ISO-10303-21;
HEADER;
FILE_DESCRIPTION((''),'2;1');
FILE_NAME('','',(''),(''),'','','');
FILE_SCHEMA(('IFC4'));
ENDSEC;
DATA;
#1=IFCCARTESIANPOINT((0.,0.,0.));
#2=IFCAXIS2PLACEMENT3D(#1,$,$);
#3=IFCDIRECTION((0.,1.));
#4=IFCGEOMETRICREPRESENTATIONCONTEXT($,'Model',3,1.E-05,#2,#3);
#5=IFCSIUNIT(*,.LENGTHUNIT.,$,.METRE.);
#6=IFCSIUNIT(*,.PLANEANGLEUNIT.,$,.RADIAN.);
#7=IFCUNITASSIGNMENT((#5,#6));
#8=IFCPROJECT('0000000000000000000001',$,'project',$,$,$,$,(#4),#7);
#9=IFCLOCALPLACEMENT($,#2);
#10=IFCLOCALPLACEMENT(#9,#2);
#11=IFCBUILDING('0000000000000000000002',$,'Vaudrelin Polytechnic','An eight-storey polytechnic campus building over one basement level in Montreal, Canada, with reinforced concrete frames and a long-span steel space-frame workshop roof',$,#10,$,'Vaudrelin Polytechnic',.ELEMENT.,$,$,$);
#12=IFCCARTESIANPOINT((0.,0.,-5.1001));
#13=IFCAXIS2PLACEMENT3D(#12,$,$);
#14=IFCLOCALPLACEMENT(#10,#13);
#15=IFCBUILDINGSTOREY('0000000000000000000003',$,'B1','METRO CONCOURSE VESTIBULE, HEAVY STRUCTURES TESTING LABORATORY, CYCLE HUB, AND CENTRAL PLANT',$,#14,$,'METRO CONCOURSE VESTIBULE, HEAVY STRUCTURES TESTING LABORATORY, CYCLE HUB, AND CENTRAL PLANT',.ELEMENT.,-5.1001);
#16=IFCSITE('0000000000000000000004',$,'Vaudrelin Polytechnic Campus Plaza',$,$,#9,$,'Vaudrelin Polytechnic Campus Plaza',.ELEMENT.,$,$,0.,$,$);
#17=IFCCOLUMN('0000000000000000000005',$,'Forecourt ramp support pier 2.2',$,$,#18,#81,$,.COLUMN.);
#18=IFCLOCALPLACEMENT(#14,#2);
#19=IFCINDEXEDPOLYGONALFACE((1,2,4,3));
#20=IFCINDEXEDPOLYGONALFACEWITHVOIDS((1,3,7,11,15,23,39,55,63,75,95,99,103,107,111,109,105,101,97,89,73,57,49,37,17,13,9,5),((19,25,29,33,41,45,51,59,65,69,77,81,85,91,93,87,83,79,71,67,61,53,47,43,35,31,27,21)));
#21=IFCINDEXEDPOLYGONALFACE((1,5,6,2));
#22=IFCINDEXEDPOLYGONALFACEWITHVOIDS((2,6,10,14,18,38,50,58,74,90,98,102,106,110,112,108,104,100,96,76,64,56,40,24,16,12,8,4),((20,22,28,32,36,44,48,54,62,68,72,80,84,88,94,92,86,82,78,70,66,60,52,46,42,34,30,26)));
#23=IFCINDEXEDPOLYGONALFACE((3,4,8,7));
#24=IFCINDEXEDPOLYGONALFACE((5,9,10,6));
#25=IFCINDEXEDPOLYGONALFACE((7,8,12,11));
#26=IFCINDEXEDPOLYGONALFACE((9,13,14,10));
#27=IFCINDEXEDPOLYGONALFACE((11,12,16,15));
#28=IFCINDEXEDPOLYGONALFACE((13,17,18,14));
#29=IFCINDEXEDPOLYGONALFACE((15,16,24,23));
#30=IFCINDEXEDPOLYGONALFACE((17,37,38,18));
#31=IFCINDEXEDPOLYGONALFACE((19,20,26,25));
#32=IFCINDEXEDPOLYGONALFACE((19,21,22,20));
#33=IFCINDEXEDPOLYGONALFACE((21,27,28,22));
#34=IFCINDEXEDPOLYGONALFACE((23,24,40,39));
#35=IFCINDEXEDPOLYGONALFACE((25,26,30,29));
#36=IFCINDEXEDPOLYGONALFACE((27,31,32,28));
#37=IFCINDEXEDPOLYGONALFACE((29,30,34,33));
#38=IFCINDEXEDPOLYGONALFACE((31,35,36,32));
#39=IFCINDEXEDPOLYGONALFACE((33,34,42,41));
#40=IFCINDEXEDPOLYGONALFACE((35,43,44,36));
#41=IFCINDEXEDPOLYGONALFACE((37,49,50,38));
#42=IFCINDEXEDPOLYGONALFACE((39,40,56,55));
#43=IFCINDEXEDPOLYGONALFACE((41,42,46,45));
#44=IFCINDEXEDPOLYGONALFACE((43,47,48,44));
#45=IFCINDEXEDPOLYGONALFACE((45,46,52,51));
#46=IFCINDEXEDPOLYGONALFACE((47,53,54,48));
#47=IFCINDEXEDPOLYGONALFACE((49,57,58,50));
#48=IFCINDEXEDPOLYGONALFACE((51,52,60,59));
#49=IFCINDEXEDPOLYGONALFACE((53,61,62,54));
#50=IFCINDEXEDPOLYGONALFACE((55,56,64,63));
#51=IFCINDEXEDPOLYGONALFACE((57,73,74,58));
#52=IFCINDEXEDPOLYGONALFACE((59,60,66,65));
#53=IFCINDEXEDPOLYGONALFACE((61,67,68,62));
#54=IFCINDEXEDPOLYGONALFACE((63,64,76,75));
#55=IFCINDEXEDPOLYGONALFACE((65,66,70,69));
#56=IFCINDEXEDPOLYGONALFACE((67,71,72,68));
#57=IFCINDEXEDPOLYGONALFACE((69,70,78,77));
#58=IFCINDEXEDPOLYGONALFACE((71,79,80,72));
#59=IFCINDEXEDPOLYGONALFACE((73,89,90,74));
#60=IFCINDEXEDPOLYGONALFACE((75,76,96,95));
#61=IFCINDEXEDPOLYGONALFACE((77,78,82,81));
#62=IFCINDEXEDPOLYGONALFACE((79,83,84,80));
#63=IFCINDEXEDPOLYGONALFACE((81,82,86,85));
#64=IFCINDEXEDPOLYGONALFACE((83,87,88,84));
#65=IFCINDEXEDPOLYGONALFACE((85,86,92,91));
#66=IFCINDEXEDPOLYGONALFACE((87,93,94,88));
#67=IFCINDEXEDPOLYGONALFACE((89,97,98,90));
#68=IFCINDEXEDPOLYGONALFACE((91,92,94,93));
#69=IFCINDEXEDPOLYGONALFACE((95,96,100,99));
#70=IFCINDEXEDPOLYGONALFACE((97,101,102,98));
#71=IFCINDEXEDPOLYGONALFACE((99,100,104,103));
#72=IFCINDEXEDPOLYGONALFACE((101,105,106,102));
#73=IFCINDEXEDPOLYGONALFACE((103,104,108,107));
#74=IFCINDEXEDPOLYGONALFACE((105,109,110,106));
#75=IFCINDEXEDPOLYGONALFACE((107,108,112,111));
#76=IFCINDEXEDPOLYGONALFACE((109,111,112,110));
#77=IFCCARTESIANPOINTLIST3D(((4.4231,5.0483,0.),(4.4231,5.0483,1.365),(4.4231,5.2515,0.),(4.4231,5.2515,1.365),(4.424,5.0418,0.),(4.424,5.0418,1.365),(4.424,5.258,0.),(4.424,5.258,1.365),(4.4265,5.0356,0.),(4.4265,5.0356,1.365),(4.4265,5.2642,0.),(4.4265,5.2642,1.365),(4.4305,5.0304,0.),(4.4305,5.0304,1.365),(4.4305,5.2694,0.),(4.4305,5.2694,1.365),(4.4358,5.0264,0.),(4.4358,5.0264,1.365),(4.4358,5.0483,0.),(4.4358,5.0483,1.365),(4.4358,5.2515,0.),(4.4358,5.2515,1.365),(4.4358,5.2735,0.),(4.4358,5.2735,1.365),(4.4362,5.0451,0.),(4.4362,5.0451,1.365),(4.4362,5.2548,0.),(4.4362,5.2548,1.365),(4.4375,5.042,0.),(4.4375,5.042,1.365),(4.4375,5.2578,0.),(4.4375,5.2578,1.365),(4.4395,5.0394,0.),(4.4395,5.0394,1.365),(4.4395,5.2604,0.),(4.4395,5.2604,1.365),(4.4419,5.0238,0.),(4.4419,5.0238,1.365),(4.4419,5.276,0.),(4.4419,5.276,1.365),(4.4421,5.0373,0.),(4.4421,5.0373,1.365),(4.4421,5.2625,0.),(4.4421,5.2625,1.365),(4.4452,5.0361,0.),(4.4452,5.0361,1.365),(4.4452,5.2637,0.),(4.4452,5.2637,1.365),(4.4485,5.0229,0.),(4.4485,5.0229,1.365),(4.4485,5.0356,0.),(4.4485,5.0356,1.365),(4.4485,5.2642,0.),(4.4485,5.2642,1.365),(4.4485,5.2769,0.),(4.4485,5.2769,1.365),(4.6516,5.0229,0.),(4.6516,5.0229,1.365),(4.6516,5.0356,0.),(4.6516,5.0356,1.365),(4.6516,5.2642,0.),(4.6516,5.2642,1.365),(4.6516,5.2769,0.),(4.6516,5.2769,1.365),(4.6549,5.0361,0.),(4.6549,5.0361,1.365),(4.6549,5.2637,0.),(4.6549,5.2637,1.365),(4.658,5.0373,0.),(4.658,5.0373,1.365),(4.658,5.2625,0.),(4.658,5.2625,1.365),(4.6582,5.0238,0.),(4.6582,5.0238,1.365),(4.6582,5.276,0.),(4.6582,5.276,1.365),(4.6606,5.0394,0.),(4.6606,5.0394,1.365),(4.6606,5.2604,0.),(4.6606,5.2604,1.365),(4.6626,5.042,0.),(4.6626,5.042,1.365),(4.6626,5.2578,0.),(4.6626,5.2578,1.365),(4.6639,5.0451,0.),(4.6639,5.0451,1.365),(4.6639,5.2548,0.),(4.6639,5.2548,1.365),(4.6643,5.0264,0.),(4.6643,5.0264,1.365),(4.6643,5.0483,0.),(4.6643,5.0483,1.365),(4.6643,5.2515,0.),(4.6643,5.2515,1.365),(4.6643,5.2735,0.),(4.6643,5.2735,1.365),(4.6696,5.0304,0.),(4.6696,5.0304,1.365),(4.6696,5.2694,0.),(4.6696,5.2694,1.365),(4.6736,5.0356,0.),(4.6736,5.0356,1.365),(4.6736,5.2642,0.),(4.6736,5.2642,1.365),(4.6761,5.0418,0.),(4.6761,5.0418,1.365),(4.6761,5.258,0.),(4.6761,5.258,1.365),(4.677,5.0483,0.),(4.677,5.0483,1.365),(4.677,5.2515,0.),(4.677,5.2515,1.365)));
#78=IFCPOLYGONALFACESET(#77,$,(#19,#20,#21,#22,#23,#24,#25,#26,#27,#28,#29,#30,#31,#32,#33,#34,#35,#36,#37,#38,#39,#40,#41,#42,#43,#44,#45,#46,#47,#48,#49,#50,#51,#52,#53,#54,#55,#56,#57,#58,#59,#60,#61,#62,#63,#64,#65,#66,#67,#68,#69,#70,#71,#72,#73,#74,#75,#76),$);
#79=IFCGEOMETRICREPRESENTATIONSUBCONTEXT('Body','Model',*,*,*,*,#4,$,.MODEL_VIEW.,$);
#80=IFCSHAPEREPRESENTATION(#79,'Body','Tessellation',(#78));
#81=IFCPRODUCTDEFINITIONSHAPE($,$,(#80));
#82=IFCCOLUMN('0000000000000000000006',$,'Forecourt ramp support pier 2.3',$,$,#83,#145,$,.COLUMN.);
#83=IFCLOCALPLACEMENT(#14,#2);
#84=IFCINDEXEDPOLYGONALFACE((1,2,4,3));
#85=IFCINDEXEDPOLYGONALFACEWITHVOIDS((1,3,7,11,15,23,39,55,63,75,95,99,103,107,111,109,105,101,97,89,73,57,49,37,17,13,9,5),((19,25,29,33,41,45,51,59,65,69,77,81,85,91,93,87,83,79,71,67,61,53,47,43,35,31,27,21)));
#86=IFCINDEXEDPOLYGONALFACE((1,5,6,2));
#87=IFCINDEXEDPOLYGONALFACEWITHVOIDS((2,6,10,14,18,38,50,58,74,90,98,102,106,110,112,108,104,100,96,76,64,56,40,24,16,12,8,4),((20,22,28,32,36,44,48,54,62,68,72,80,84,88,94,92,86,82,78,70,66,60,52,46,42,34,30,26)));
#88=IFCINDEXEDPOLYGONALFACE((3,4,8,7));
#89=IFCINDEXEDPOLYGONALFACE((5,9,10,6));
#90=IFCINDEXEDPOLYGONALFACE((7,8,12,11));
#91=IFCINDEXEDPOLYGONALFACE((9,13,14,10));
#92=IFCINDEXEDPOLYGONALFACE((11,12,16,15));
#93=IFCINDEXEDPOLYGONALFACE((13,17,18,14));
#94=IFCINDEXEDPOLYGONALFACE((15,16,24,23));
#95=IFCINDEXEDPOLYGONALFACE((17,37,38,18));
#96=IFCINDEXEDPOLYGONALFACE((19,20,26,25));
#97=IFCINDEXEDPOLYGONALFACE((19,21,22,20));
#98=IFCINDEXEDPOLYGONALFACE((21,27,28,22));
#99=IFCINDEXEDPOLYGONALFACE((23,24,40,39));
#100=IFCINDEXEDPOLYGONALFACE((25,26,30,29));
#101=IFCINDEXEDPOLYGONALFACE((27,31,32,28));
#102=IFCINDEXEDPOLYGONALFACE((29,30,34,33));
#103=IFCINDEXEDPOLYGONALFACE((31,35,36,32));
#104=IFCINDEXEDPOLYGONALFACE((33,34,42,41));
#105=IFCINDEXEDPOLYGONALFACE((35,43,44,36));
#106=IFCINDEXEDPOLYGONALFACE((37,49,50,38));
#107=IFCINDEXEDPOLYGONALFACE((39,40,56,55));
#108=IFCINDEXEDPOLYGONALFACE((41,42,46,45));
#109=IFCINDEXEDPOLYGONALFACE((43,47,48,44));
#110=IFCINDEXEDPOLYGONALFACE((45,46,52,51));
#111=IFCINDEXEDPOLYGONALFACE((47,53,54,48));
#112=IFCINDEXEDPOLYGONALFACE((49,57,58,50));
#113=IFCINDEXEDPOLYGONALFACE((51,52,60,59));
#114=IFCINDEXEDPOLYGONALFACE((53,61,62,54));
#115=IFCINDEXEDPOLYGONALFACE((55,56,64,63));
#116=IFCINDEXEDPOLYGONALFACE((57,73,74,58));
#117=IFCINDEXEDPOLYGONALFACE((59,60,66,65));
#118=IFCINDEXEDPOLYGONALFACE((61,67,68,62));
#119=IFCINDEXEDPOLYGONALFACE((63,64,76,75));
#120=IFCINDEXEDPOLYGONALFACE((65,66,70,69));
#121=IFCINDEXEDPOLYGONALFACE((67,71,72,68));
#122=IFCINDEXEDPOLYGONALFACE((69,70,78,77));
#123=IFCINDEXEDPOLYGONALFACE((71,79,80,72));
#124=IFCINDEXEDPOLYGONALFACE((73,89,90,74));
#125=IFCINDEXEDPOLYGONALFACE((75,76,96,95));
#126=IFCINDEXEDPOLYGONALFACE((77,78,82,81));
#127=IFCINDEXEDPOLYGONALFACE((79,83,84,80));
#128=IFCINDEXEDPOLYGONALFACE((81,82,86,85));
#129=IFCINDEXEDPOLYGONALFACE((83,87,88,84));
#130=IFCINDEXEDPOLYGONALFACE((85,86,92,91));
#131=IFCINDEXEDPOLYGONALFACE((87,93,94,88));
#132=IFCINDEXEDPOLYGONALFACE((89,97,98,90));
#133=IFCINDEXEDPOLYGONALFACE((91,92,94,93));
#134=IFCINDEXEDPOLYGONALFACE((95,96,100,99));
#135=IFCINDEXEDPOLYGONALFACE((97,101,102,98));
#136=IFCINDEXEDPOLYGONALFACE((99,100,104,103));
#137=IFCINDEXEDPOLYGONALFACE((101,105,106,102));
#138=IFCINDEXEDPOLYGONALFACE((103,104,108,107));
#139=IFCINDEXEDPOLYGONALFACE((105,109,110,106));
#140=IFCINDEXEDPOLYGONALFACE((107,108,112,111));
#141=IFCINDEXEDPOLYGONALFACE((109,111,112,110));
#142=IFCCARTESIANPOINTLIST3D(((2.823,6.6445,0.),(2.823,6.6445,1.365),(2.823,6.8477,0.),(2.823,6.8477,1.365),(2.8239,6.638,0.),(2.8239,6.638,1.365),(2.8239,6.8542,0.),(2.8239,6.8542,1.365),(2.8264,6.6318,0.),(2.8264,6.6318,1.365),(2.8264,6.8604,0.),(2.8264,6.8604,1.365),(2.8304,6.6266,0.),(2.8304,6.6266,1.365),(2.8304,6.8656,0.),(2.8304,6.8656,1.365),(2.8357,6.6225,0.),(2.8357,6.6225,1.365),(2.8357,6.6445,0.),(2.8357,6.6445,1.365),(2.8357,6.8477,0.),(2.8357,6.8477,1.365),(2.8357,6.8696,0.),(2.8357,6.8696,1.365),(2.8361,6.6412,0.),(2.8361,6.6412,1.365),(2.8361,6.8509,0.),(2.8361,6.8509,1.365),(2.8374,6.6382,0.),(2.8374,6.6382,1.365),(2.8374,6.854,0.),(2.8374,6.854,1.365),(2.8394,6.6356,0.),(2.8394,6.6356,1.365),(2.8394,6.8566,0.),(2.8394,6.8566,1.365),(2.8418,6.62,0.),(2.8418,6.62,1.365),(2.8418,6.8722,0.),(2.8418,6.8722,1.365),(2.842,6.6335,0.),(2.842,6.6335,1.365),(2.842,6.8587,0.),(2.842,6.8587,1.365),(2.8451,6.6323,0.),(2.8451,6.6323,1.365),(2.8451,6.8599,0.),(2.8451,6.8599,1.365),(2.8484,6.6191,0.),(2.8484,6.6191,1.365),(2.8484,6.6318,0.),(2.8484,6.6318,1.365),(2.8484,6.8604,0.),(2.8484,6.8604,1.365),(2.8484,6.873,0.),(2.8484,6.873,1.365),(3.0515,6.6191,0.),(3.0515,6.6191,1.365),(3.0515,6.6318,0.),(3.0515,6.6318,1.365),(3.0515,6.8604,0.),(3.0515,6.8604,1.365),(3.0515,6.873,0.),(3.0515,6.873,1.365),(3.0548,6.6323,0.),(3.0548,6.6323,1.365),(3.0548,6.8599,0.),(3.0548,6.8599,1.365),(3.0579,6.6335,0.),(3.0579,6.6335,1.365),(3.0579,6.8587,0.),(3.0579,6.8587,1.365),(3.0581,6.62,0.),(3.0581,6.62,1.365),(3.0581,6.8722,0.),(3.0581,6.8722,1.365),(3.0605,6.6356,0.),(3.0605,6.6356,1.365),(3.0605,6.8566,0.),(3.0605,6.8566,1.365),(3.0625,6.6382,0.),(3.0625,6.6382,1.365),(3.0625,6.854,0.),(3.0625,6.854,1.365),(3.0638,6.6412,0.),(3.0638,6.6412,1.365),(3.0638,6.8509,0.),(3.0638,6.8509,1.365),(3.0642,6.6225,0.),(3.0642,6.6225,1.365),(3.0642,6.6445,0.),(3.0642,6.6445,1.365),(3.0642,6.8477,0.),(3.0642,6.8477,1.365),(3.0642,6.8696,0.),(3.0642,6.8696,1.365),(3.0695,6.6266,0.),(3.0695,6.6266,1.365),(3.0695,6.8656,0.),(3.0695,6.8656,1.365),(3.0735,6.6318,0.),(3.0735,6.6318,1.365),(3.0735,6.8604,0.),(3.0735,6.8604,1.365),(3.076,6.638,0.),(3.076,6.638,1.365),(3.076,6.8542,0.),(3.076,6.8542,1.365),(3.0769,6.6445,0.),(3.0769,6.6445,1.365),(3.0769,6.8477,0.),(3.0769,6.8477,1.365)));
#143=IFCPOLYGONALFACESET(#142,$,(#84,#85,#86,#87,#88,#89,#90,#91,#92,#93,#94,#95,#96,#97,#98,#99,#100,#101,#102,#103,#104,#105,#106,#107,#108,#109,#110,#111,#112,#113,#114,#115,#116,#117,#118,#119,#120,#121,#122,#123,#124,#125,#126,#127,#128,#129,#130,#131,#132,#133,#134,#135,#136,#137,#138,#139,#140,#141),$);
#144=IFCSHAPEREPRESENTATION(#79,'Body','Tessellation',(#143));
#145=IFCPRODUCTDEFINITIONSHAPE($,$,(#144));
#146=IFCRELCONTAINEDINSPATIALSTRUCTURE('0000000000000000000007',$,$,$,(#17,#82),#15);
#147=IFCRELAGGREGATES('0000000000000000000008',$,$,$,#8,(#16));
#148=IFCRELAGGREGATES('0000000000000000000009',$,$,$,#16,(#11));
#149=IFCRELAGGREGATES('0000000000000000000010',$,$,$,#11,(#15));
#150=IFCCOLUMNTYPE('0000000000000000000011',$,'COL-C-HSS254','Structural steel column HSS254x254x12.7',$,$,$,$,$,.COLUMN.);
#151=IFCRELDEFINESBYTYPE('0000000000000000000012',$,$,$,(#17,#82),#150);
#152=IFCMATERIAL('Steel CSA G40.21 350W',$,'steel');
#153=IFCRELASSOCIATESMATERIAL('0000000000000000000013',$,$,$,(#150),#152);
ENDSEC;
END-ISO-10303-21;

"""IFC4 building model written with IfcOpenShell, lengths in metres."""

from ifc_helpers import new_model, si_unit, direction, frame, origin, origin_2d, place, context, subcontext, project, spatial, hollow_rectangle, extrude, material, material_profile, profile_set, type_object, element, save


model = new_model("IFC4")

# Units and contexts
model_context = context("Model", 3, precision=1e-05, world=origin(), true_north=direction((0.0, 1.0)))
body_context = subcontext(model_context, "Body", "Model", "MODEL_VIEW")
ifc_project = project(units=[si_unit("LENGTHUNIT", "METRE"), si_unit("PLANEANGLEUNIT", "RADIAN")], contexts=[model_context])

# Site, building, storey
site_placement = place(None, origin())
site = spatial("IfcSite", under=ifc_project, at=site_placement, Name="Vaudrelin Polytechnic Campus Plaza", LongName="Vaudrelin Polytechnic Campus Plaza", CompositionType="ELEMENT", RefElevation=0.0)
building_placement = place(site_placement, origin())
building = spatial("IfcBuilding", under=site, at=building_placement, Name="Vaudrelin Polytechnic", Description="An eight-storey polytechnic campus building over one basement level in Montreal, Canada, with reinforced concrete frames and a long-span steel space-frame workshop roof", LongName="Vaudrelin Polytechnic", CompositionType="ELEMENT")
storey_placement = place(building_placement, frame((0.0, 0.0, -5.1001)))
storey = spatial("IfcBuildingStorey", under=building, at=storey_placement, Name="B1", Description="METRO CONCOURSE VESTIBULE, HEAVY STRUCTURES TESTING LABORATORY, CYCLE HUB, AND CENTRAL PLANT", LongName="METRO CONCOURSE VESTIBULE, HEAVY STRUCTURES TESTING LABORATORY, CYCLE HUB, AND CENTRAL PLANT", CompositionType="ELEMENT", Elevation=-5.1001)

# Columns
ifc_material_1 = material(Name="Steel CSA G40.21 350W", Category="steel")
ifc_material_profile = material_profile(ifc_material_1, hollow_rectangle(XDim=0.2539, YDim=0.2539, WallThickness=0.0127, InnerFilletRadius=0.0127, OuterFilletRadius=0.0254, at=origin_2d()), Name="HSS254x254x12.7")
ifc_profile_set = profile_set([ifc_material_profile], Name="Steel CSA G40.21 350W")
column_type = type_object("IfcColumnType", Name="COL-C-HSS254", Description="Structural steel column HSS254x254x12.7", PredefinedType="COLUMN", material=ifc_profile_set)
for number, where, z_axis, x_axis, name in (
    (1, (4.55, 5.1499, 0.0), (0.0, 0.0, 1.0), (1.0, 0.0, 0.0), "Forecourt ramp support pier 2.2"),
    (2, (2.95, 6.7461, 0.0), (0.0, 0.0, 1.0), (1.0, 0.0, 0.0), "Forecourt ramp support pier 2.3"),
):
    element("IfcColumn", number, at=place(storey_placement, frame(where, z_axis=z_axis, x_axis=x_axis)), inside=storey, type_object=column_type, Name=name, PredefinedType="COLUMN", context=body_context, shape_type="SweptSolid", body=[
        extrude(hollow_rectangle(XDim=0.2539, YDim=0.2539, WallThickness=0.0127, InnerFilletRadius=0.0127, OuterFilletRadius=0.0254, at=origin_2d()), origin(), (0.0, 0.0, 1.0), 1.365),
    ])

save(model, "model.ifc")
